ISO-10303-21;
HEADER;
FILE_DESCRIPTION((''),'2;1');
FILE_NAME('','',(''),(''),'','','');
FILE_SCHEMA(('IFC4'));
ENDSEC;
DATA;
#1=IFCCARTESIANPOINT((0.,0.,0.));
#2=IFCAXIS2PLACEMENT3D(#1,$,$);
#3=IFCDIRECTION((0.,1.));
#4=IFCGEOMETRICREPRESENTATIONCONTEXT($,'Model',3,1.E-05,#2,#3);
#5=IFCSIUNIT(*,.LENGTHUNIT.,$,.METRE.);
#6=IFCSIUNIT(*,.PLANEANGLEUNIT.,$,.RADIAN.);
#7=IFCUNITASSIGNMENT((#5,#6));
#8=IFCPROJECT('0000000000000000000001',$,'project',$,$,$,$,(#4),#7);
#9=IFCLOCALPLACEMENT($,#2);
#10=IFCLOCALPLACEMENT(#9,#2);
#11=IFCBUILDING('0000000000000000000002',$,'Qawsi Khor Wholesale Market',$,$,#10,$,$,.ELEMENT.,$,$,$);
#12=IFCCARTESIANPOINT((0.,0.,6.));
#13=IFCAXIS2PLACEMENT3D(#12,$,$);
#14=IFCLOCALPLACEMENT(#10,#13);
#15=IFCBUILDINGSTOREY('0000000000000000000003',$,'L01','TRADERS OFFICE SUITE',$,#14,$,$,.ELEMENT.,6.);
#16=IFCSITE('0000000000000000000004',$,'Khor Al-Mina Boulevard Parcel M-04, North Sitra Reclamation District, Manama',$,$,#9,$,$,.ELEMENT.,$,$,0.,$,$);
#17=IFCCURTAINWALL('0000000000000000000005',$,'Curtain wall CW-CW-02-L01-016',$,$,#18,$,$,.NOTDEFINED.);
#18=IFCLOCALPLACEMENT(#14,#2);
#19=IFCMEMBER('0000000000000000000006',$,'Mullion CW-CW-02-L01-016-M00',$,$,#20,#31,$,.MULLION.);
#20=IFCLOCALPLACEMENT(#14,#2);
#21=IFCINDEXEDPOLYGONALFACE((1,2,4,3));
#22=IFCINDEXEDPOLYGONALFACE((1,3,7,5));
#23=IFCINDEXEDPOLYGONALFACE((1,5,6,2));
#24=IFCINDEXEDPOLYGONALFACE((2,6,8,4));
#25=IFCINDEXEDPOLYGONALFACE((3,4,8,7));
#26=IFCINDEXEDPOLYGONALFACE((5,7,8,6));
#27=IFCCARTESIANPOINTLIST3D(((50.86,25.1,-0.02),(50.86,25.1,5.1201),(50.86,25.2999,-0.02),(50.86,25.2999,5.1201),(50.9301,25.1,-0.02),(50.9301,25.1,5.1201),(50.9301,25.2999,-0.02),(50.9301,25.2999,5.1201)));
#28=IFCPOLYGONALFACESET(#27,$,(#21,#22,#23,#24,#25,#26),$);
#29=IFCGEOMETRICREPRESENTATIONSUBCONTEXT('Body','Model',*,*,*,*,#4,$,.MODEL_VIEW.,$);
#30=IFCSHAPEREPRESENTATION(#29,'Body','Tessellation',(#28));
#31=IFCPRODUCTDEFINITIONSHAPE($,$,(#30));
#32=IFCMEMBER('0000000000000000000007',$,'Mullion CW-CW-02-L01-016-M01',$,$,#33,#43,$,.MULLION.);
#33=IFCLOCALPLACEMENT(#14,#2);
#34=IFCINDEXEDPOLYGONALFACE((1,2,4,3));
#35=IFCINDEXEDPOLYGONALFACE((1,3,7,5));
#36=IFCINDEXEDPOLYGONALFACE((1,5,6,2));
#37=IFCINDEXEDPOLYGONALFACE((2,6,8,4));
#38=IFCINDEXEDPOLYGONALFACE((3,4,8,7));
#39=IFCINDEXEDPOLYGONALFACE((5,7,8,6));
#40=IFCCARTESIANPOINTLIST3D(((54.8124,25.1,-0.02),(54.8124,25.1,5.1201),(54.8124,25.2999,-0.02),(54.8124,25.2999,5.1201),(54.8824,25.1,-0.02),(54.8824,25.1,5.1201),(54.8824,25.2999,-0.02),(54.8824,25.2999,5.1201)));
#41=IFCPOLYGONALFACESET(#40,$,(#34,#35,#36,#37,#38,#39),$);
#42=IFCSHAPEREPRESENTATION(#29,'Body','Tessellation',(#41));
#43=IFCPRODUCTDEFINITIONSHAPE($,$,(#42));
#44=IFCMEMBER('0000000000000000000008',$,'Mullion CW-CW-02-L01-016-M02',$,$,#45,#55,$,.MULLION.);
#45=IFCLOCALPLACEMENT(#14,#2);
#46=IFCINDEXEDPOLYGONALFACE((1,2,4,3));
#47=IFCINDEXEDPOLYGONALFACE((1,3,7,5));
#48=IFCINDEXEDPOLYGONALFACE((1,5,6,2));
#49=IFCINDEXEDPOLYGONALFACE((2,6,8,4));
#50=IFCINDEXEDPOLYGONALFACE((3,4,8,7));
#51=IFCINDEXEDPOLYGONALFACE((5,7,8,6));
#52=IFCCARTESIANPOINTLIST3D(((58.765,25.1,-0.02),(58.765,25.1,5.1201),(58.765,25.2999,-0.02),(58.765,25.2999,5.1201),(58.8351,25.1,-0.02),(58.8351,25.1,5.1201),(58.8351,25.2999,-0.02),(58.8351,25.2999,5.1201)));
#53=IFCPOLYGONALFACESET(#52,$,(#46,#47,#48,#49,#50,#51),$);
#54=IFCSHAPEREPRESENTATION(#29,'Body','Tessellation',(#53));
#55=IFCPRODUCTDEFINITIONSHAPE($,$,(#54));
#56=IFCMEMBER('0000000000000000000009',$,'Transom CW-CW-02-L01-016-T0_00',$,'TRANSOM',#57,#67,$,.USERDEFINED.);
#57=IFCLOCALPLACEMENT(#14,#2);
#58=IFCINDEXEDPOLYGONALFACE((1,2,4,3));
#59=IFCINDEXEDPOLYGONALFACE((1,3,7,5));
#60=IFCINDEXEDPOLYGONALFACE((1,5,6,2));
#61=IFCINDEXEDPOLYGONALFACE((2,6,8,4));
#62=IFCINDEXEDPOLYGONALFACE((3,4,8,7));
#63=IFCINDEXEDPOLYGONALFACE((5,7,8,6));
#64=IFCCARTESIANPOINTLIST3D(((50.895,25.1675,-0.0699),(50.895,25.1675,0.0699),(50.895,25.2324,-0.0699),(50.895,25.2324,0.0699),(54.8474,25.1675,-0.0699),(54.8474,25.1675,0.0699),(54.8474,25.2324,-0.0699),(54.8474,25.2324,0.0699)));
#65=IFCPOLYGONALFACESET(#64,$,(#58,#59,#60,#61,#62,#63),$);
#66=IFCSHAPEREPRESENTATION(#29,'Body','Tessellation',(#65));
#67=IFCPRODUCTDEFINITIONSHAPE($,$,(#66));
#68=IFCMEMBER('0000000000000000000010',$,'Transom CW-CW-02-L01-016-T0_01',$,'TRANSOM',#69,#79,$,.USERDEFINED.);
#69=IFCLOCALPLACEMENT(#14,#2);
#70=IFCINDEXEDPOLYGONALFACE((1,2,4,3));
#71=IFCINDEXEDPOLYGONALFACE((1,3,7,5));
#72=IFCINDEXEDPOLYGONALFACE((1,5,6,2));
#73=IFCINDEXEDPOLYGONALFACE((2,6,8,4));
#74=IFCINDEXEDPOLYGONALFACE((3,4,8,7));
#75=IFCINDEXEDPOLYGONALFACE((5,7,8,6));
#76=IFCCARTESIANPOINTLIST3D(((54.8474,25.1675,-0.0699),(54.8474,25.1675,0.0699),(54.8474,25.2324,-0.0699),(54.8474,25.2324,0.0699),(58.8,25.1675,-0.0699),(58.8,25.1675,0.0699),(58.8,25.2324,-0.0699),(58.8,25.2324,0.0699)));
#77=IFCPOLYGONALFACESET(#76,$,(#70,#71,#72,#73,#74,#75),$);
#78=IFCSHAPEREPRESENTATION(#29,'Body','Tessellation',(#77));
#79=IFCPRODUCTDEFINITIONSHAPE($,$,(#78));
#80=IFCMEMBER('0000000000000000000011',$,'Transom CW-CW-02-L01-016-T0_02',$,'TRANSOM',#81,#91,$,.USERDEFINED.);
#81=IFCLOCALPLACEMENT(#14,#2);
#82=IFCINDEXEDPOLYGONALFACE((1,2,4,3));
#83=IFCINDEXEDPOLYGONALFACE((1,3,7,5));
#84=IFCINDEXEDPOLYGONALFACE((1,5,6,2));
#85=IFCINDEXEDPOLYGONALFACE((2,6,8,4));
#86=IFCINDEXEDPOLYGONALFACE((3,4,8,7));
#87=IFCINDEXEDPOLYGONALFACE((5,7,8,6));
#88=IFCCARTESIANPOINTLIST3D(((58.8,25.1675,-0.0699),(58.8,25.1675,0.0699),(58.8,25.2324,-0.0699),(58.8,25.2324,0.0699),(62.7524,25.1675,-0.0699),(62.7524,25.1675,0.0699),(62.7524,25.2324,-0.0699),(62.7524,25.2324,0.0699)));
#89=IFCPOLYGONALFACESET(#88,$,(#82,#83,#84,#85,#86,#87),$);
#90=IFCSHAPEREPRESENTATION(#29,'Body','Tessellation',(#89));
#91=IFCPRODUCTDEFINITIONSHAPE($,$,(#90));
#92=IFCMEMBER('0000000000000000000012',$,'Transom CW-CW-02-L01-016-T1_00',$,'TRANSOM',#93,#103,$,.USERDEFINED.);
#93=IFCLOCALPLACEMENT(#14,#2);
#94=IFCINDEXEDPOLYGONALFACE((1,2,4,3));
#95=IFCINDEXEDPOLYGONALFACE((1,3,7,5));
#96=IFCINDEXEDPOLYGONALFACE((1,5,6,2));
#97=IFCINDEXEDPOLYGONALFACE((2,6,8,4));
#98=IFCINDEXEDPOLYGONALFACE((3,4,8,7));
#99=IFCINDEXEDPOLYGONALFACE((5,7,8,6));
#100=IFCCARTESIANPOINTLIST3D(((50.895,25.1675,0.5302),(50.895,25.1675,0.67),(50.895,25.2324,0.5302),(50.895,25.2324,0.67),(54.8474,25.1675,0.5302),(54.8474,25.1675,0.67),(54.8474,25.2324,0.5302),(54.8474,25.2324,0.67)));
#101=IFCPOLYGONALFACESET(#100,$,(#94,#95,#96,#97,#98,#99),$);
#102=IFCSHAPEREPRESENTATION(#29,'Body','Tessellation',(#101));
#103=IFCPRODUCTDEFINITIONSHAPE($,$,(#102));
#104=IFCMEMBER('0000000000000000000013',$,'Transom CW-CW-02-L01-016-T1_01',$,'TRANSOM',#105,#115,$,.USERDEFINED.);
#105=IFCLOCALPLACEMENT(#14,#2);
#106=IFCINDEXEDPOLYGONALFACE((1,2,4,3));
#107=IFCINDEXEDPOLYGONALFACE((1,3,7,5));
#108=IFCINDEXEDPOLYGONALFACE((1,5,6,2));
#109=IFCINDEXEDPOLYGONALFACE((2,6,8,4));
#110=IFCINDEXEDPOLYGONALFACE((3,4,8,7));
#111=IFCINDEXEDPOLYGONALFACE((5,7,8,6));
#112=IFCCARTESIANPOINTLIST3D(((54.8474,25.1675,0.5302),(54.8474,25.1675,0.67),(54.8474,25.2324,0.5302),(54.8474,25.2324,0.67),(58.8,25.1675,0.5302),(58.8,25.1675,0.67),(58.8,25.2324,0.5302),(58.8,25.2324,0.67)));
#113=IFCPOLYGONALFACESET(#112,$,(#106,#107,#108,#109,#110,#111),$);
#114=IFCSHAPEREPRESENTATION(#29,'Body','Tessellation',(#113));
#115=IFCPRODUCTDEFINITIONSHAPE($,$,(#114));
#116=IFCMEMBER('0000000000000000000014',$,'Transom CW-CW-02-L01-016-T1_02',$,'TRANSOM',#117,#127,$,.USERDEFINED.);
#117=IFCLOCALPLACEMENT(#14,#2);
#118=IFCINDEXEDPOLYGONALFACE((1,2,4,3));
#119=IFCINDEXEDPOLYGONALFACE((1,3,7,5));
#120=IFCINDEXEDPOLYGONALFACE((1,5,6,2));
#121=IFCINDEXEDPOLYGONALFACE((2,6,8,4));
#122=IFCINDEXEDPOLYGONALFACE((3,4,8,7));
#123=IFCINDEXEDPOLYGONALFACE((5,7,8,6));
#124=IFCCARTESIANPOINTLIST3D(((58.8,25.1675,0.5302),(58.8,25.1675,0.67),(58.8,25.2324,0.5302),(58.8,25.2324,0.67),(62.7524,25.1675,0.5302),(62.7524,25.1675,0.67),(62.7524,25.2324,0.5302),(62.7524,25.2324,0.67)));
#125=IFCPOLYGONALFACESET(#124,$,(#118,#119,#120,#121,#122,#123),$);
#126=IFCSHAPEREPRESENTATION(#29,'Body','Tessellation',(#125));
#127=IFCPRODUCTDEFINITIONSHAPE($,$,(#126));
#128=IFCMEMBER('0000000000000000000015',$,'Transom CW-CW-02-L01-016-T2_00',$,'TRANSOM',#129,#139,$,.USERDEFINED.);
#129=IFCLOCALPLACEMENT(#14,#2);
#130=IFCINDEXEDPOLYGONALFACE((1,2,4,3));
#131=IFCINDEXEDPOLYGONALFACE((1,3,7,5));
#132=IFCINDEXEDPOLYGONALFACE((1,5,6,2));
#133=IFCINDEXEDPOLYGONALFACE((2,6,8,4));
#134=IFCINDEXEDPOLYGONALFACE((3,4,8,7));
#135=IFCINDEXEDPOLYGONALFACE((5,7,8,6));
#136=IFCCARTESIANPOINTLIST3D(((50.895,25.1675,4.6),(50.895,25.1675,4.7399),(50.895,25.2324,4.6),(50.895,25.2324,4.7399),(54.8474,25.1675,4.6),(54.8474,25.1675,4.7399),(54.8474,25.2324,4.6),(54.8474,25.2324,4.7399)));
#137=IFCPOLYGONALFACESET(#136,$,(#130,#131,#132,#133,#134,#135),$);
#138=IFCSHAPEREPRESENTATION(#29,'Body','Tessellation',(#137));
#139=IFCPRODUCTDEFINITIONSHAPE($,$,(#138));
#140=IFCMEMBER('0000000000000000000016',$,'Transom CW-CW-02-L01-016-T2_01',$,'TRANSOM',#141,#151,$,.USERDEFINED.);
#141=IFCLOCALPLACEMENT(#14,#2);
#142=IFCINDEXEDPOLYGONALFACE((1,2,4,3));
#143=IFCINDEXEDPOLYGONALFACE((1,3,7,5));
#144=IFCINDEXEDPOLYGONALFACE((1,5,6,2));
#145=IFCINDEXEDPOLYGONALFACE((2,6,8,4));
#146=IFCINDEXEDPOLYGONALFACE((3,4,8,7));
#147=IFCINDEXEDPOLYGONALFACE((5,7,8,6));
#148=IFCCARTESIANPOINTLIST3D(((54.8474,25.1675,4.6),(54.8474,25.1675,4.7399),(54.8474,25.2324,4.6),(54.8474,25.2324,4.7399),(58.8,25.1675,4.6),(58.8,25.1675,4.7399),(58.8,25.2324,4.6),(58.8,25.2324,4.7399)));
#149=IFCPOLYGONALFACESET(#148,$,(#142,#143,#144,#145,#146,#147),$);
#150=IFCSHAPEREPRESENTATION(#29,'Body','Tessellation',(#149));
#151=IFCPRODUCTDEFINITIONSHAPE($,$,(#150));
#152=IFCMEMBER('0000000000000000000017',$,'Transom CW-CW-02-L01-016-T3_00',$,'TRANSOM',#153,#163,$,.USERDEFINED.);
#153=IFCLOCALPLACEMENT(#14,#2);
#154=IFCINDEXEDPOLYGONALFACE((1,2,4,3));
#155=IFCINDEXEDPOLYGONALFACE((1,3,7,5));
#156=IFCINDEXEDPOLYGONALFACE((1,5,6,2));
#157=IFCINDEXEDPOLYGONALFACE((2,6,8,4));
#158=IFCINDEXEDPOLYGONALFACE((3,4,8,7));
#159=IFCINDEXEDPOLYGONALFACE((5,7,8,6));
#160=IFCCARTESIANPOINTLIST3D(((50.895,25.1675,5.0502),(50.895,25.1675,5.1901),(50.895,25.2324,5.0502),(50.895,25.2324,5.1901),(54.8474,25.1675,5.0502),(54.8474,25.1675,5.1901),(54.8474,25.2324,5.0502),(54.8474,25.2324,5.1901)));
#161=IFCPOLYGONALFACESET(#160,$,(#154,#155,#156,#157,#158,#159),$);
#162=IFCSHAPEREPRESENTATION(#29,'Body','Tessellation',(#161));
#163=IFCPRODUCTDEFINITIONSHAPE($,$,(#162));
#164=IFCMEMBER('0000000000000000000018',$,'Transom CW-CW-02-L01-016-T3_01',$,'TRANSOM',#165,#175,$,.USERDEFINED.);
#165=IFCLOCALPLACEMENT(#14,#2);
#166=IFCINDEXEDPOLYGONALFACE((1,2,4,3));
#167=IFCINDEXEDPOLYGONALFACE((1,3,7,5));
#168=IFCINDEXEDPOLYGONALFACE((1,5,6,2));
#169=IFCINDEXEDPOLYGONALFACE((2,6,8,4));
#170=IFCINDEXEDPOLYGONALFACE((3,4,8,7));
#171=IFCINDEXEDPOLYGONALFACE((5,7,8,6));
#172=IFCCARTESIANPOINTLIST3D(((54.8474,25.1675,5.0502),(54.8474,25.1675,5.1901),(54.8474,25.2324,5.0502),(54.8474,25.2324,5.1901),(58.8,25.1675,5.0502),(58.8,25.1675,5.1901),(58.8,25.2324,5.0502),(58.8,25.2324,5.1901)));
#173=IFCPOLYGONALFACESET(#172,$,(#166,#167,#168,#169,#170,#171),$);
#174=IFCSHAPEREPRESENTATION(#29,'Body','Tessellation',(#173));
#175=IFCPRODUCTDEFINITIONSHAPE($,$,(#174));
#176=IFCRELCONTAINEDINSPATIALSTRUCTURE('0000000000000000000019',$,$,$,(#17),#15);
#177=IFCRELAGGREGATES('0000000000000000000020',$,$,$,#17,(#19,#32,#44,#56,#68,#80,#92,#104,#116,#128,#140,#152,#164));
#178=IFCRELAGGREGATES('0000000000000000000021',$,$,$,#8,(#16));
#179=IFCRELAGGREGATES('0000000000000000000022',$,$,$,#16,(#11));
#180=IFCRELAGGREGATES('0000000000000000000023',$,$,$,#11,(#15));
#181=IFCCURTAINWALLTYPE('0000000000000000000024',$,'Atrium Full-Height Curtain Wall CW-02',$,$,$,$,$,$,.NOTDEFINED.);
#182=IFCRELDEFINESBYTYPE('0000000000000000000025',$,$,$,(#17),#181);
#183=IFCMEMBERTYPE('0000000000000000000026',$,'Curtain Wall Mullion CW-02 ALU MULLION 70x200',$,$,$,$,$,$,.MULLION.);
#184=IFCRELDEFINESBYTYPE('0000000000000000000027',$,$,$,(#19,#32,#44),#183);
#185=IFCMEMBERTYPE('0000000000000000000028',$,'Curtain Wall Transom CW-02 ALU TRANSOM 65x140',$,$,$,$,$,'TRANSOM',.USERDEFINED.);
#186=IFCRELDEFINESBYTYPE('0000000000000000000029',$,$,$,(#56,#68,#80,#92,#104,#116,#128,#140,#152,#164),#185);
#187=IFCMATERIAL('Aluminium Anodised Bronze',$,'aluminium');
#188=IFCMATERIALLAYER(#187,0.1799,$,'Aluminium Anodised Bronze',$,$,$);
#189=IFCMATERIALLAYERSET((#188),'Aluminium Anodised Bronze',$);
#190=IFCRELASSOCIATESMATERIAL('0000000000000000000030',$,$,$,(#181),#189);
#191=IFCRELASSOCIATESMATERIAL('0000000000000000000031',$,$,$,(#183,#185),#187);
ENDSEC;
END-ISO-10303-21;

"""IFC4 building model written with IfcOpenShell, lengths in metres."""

from ifc_helpers import new_model, si_unit, direction, frame, origin, origin_2d, place, context, subcontext, project, spatial, rectangle, extrude, material, layer, layer_set, material_profile, profile_set, type_object, element, aggregate, save


model = new_model("IFC4")

# Units and contexts
model_context = context("Model", 3, precision=1e-05, world=origin(), true_north=direction((0.0, 1.0)))
body_context = subcontext(model_context, "Body", "Model", "MODEL_VIEW")
ifc_project = project(units=[si_unit("LENGTHUNIT", "METRE"), si_unit("PLANEANGLEUNIT", "RADIAN")], contexts=[model_context])

# Site, building, storey
site_placement = place(None, origin())
site = spatial("IfcSite", under=ifc_project, at=site_placement, Name="Khor Al-Mina Boulevard Parcel M-04, North Sitra Reclamation District, Manama", CompositionType="ELEMENT", RefElevation=0.0)
building_placement = place(site_placement, origin())
building = spatial("IfcBuilding", under=site, at=building_placement, Name="Qawsi Khor Wholesale Market", CompositionType="ELEMENT")
storey_placement = place(building_placement, frame((0.0, 0.0, 6.0)))
storey = spatial("IfcBuildingStorey", under=building, at=storey_placement, Name="L01", Description="TRADERS OFFICE SUITE", CompositionType="ELEMENT", Elevation=6.0)

# Curtain wall, members
ifc_material_1 = material(Name="Aluminium Anodised Bronze", Category="aluminium")
ifc_layer_1 = layer(ifc_material_1, 0.1799, Name="Aluminium Anodised Bronze")
ifc_layer_set_1 = layer_set([ifc_layer_1], Name="Aluminium Anodised Bronze")
curtain_wall_type = type_object("IfcCurtainWallType", Name="Atrium Full-Height Curtain Wall CW-02", PredefinedType="NOTDEFINED", material=ifc_layer_set_1)
curtain_wall_placement = place(storey_placement, origin())
curtain_wall = element("IfcCurtainWall", 1, at=curtain_wall_placement, inside=storey, type_object=curtain_wall_type, Name="Curtain wall CW-CW-02-L01-016", PredefinedType="NOTDEFINED")
ifc_material_profile_1 = material_profile(ifc_material_1, rectangle(XDim=0.0701, YDim=0.2, at=origin_2d()), Name="ALU MULLION 70x200")
ifc_profile_set_1 = profile_set([ifc_material_profile_1], Name="Aluminium Anodised Bronze")
member_type_1 = type_object("IfcMemberType", Name="Curtain Wall Mullion CW-02 ALU MULLION 70x200", PredefinedType="MULLION", material=ifc_profile_set_1)
member_1_placement = place(storey_placement, frame((50.895, 25.2, -0.02), z_axis=(0.0, 0.0, 1.0), x_axis=(1.0, 0.0, 0.0)))
member_1 = element("IfcMember", 2, at=member_1_placement, type_object=member_type_1, Name="Mullion CW-CW-02-L01-016-M00", PredefinedType="MULLION", context=body_context, shape_type="SweptSolid", body=[
    extrude(rectangle(XDim=0.0701, YDim=0.2, at=origin_2d()), origin(), (0.0, 0.0, 1.0), 5.1401),
])
member_2_placement = place(storey_placement, frame((54.8474, 25.2, -0.02), z_axis=(0.0, 0.0, 1.0), x_axis=(1.0, 0.0, 0.0)))
member_2 = element("IfcMember", 3, at=member_2_placement, type_object=member_type_1, Name="Mullion CW-CW-02-L01-016-M01", PredefinedType="MULLION", context=body_context, shape_type="SweptSolid", body=[
    extrude(rectangle(XDim=0.0701, YDim=0.2, at=origin_2d()), origin(), (0.0, 0.0, 1.0), 5.1401),
])
member_3_placement = place(storey_placement, frame((58.8, 25.2, -0.02), z_axis=(0.0, 0.0, 1.0), x_axis=(1.0, 0.0, 0.0)))
member_3 = element("IfcMember", 4, at=member_3_placement, type_object=member_type_1, Name="Mullion CW-CW-02-L01-016-M02", PredefinedType="MULLION", context=body_context, shape_type="SweptSolid", body=[
    extrude(rectangle(XDim=0.0701, YDim=0.2, at=origin_2d()), origin(), (0.0, 0.0, 1.0), 5.1401),
])
ifc_material_profile_2 = material_profile(ifc_material_1, rectangle(XDim=0.0649, YDim=0.1399, at=origin_2d()), Name="ALU TRANSOM 65x140")
ifc_profile_set_2 = profile_set([ifc_material_profile_2], Name="Aluminium Anodised Bronze")
member_type_2 = type_object("IfcMemberType", Name="Curtain Wall Transom CW-02 ALU TRANSOM 65x140", ElementType="TRANSOM", PredefinedType="USERDEFINED", material=ifc_profile_set_2)
member_4_placement = place(storey_placement, frame((50.895, 25.2, 0.0), z_axis=(1.0, 0.0, 0.0), x_axis=(0.0, 1.0, 0.0)))
member_4 = element("IfcMember", 5, at=member_4_placement, type_object=member_type_2, Name="Transom CW-CW-02-L01-016-T0_00", ObjectType="TRANSOM", PredefinedType="USERDEFINED", context=body_context, shape_type="SweptSolid", body=[
    extrude(rectangle(XDim=0.0649, YDim=0.1399, at=origin_2d()), origin(), (0.0, 0.0, 1.0), 3.9524),
])
member_5_placement = place(storey_placement, frame((54.8474, 25.2, 0.0), z_axis=(1.0, 0.0, 0.0), x_axis=(0.0, 1.0, 0.0)))
member_5 = element("IfcMember", 6, at=member_5_placement, type_object=member_type_2, Name="Transom CW-CW-02-L01-016-T0_01", ObjectType="TRANSOM", PredefinedType="USERDEFINED", context=body_context, shape_type="SweptSolid", body=[
    extrude(rectangle(XDim=0.0649, YDim=0.1399, at=origin_2d()), origin(), (0.0, 0.0, 1.0), 3.9526),
])
member_6_placement = place(storey_placement, frame((58.8, 25.2, 0.0), z_axis=(1.0, 0.0, 0.0), x_axis=(0.0, 1.0, 0.0)))
member_6 = element("IfcMember", 7, at=member_6_placement, type_object=member_type_2, Name="Transom CW-CW-02-L01-016-T0_02", ObjectType="TRANSOM", PredefinedType="USERDEFINED", context=body_context, shape_type="SweptSolid", body=[
    extrude(rectangle(XDim=0.0649, YDim=0.1399, at=origin_2d()), origin(), (0.0, 0.0, 1.0), 3.9524),
])
member_7_placement = place(storey_placement, frame((50.895, 25.2, 0.6001), z_axis=(1.0, 0.0, 0.0), x_axis=(0.0, 1.0, 0.0)))
member_7 = element("IfcMember", 8, at=member_7_placement, type_object=member_type_2, Name="Transom CW-CW-02-L01-016-T1_00", ObjectType="TRANSOM", PredefinedType="USERDEFINED", context=body_context, shape_type="SweptSolid", body=[
    extrude(rectangle(XDim=0.0649, YDim=0.1399, at=origin_2d()), origin(), (0.0, 0.0, 1.0), 3.9524),
])
member_8_placement = place(storey_placement, frame((54.8474, 25.2, 0.6001), z_axis=(1.0, 0.0, 0.0), x_axis=(0.0, 1.0, 0.0)))
member_8 = element("IfcMember", 9, at=member_8_placement, type_object=member_type_2, Name="Transom CW-CW-02-L01-016-T1_01", ObjectType="TRANSOM", PredefinedType="USERDEFINED", context=body_context, shape_type="SweptSolid", body=[
    extrude(rectangle(XDim=0.0649, YDim=0.1399, at=origin_2d()), origin(), (0.0, 0.0, 1.0), 3.9526),
])
member_9_placement = place(storey_placement, frame((58.8, 25.2, 0.6001), z_axis=(1.0, 0.0, 0.0), x_axis=(0.0, 1.0, 0.0)))
member_9 = element("IfcMember", 10, at=member_9_placement, type_object=member_type_2, Name="Transom CW-CW-02-L01-016-T1_02", ObjectType="TRANSOM", PredefinedType="USERDEFINED", context=body_context, shape_type="SweptSolid", body=[
    extrude(rectangle(XDim=0.0649, YDim=0.1399, at=origin_2d()), origin(), (0.0, 0.0, 1.0), 3.9524),
])
member_10_placement = place(storey_placement, frame((50.895, 25.2, 4.6699), z_axis=(1.0, 0.0, 0.0), x_axis=(0.0, 1.0, 0.0)))
member_10 = element("IfcMember", 11, at=member_10_placement, type_object=member_type_2, Name="Transom CW-CW-02-L01-016-T2_00", ObjectType="TRANSOM", PredefinedType="USERDEFINED", context=body_context, shape_type="SweptSolid", body=[
    extrude(rectangle(XDim=0.0649, YDim=0.1399, at=origin_2d()), origin(), (0.0, 0.0, 1.0), 3.9524),
])
member_11_placement = place(storey_placement, frame((54.8474, 25.2, 4.6699), z_axis=(1.0, 0.0, 0.0), x_axis=(0.0, 1.0, 0.0)))
member_11 = element("IfcMember", 12, at=member_11_placement, type_object=member_type_2, Name="Transom CW-CW-02-L01-016-T2_01", ObjectType="TRANSOM", PredefinedType="USERDEFINED", context=body_context, shape_type="SweptSolid", body=[
    extrude(rectangle(XDim=0.0649, YDim=0.1399, at=origin_2d()), origin(), (0.0, 0.0, 1.0), 3.9526),
])
member_12_placement = place(storey_placement, frame((50.895, 25.2, 5.1201), z_axis=(1.0, 0.0, 0.0), x_axis=(0.0, 1.0, 0.0)))
member_12 = element("IfcMember", 13, at=member_12_placement, type_object=member_type_2, Name="Transom CW-CW-02-L01-016-T3_00", ObjectType="TRANSOM", PredefinedType="USERDEFINED", context=body_context, shape_type="SweptSolid", body=[
    extrude(rectangle(XDim=0.0649, YDim=0.1399, at=origin_2d()), origin(), (0.0, 0.0, 1.0), 3.9524),
])
member_13_placement = place(storey_placement, frame((54.8474, 25.2, 5.1201), z_axis=(1.0, 0.0, 0.0), x_axis=(0.0, 1.0, 0.0)))
member_13 = element("IfcMember", 14, at=member_13_placement, type_object=member_type_2, Name="Transom CW-CW-02-L01-016-T3_01", ObjectType="TRANSOM", PredefinedType="USERDEFINED", context=body_context, shape_type="SweptSolid", body=[
    extrude(rectangle(XDim=0.0649, YDim=0.1399, at=origin_2d()), origin(), (0.0, 0.0, 1.0), 3.9526),
])

aggregate(curtain_wall, [member_1, member_2, member_3, member_4, member_5, member_6, member_7, member_8, member_9, member_10, member_11, member_12, member_13])

save(model, "model.ifc")
